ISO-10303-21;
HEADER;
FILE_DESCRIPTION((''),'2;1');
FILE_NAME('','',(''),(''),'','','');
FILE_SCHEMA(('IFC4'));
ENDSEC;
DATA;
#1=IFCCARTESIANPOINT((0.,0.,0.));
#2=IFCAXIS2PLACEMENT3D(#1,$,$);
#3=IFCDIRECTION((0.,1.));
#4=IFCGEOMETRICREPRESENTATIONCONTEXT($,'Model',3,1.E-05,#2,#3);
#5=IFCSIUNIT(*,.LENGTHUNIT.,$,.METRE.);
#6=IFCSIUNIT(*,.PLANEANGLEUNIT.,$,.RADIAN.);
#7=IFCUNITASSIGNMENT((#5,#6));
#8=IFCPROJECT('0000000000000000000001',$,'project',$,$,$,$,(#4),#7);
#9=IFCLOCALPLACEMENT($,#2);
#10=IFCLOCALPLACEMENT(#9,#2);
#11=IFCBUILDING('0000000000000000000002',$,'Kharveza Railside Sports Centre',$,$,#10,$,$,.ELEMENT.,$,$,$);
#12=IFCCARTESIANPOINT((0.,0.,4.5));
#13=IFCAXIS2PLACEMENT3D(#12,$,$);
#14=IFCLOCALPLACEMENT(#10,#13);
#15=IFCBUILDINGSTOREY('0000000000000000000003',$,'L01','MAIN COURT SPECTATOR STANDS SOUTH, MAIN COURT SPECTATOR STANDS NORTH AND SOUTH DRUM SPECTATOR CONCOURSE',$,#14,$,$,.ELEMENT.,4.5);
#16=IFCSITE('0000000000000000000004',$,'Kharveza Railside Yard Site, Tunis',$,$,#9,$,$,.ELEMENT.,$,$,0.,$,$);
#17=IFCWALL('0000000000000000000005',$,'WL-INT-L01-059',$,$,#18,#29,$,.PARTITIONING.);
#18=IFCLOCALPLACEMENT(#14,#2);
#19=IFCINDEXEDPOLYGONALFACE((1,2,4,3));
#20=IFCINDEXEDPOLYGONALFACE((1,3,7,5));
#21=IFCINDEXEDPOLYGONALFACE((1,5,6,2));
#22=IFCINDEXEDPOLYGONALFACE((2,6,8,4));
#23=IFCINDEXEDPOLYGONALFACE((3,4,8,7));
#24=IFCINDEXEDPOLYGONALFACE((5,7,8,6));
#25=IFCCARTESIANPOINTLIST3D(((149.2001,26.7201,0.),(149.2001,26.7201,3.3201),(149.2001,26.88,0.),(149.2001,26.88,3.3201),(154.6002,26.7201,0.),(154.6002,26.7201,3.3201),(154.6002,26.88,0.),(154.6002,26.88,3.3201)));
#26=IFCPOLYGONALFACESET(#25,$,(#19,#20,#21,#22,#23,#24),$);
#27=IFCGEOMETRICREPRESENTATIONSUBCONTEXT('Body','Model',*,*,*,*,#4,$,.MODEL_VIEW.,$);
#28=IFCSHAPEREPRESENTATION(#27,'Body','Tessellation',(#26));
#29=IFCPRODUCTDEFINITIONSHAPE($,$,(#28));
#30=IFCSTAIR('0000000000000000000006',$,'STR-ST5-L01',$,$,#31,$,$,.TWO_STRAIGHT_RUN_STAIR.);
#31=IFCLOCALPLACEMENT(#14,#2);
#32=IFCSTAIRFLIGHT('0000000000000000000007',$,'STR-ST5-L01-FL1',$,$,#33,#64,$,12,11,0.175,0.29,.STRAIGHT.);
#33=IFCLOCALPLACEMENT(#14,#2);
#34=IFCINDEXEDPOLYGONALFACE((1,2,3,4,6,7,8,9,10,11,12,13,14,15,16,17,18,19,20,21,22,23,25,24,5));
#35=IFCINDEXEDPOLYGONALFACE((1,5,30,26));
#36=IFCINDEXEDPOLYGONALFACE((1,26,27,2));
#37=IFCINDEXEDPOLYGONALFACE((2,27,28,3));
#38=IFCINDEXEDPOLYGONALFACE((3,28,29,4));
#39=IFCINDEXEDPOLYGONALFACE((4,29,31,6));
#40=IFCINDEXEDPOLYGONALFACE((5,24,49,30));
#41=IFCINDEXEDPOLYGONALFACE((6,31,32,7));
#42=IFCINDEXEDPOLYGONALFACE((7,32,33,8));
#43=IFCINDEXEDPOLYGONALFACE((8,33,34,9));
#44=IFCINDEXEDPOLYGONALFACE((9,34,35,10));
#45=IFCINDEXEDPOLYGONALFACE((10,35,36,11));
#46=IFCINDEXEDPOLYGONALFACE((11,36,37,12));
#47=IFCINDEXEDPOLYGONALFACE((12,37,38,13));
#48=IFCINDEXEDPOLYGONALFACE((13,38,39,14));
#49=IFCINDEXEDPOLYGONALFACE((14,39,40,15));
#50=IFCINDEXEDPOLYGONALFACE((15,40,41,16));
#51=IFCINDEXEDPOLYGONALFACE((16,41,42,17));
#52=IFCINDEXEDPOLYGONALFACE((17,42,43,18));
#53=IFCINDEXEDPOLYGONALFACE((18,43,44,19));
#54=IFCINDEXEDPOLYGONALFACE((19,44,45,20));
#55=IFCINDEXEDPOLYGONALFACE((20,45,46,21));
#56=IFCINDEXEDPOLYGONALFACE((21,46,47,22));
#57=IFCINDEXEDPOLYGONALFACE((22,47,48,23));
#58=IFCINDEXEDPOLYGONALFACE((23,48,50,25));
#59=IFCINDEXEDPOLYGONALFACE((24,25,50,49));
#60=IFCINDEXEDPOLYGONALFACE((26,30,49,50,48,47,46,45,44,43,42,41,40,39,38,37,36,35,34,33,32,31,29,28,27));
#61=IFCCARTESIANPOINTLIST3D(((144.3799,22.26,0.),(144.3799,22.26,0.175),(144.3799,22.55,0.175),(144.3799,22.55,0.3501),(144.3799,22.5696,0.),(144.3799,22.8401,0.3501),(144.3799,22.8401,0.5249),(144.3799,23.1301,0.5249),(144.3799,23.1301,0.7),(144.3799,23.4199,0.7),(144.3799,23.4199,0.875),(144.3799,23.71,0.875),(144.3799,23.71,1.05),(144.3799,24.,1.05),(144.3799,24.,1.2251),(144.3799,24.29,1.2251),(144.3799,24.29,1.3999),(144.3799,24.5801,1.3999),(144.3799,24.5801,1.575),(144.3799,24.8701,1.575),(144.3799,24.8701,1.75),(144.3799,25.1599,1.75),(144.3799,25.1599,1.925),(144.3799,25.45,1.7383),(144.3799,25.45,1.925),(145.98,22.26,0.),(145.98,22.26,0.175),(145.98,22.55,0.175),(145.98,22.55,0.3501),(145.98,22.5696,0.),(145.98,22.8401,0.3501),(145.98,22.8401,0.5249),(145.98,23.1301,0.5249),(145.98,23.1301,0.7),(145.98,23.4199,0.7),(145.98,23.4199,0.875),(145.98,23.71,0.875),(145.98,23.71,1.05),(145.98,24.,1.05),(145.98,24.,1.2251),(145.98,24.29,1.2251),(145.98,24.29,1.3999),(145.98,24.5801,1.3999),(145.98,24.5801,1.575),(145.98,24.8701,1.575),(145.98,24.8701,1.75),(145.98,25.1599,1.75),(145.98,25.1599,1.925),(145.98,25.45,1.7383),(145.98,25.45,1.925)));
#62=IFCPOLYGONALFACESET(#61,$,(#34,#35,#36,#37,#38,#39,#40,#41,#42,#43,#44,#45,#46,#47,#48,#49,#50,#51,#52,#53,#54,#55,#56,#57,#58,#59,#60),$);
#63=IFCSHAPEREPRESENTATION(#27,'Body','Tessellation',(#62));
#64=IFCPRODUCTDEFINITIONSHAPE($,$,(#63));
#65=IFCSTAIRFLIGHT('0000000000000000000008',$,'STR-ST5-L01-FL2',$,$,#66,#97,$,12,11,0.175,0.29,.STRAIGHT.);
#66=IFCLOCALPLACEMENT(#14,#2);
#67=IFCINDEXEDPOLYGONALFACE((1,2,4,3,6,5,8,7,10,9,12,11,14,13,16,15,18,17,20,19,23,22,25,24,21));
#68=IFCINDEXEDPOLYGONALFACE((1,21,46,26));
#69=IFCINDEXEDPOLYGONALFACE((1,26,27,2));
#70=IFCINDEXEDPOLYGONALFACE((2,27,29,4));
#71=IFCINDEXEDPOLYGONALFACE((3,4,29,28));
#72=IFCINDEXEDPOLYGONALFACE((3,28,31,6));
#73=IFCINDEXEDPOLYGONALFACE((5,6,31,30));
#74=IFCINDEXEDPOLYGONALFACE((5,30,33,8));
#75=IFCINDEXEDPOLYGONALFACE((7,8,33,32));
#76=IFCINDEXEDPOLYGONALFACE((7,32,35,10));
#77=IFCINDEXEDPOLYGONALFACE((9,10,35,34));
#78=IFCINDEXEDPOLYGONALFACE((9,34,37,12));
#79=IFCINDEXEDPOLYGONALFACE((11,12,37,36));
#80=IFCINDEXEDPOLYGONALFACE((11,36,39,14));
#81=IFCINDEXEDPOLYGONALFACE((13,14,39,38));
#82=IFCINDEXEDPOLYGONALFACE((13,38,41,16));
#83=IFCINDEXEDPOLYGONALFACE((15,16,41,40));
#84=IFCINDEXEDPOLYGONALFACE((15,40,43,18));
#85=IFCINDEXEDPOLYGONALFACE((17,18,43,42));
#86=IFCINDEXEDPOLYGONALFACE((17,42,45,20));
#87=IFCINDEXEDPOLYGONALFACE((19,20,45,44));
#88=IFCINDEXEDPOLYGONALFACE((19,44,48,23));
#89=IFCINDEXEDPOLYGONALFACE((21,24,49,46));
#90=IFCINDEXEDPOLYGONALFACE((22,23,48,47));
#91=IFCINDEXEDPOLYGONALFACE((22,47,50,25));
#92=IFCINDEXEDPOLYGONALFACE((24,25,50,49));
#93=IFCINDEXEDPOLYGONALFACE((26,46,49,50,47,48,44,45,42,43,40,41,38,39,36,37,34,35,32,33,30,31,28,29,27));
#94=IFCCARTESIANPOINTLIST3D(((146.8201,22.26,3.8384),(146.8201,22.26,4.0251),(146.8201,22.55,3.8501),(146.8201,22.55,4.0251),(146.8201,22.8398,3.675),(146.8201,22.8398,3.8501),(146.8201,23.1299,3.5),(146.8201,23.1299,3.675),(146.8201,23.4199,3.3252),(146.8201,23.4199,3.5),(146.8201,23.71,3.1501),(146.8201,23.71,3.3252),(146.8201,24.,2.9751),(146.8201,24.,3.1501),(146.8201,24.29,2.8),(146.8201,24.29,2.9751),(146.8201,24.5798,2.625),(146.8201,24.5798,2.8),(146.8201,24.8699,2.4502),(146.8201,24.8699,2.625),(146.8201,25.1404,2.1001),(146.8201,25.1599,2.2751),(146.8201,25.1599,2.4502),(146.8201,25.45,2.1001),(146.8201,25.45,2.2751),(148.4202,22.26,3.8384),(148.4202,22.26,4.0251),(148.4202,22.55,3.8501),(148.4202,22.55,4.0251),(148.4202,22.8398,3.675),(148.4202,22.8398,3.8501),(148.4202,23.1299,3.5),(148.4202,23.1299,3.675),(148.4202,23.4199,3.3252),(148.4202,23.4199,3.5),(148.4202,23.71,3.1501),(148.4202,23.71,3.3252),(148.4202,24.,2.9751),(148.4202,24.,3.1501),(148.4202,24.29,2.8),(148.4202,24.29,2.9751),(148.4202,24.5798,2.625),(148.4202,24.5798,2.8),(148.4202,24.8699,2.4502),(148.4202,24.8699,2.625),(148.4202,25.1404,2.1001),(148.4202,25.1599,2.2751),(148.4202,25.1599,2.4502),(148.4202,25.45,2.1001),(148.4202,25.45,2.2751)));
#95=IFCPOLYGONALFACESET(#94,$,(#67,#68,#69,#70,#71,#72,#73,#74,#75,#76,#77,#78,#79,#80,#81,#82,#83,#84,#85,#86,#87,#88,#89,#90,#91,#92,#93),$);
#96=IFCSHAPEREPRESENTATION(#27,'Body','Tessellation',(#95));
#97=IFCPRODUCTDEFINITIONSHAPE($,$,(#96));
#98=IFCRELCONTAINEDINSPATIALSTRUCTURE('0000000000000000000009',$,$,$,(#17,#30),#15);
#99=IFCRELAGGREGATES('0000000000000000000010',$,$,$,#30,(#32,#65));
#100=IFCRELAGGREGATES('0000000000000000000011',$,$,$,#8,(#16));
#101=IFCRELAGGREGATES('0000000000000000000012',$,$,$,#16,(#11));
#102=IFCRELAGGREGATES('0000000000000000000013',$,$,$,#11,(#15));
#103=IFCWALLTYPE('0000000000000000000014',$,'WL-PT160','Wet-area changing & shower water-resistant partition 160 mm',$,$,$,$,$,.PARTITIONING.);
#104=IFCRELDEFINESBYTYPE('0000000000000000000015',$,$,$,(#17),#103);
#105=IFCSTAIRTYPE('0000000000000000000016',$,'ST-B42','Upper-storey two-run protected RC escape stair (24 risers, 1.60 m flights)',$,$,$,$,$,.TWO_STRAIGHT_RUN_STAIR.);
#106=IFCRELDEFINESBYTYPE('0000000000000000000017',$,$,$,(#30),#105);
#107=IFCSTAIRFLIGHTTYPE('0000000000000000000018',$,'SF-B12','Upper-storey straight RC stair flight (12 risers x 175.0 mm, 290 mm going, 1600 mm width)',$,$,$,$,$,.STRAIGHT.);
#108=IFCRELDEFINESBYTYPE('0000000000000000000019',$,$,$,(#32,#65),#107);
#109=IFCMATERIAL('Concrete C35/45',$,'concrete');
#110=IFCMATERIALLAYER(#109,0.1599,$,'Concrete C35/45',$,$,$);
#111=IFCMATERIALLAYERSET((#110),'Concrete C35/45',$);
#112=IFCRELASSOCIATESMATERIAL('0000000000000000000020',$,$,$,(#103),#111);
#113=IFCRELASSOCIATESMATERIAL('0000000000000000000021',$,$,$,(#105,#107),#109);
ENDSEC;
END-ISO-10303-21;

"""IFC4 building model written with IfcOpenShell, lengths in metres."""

from ifc_helpers import new_model, si_unit, direction, frame, frame_2d, origin, place, context, subcontext, project, spatial, polyline, rectangle, outline, extrude, material, layer, layer_set, type_object, element, aggregate, save


model = new_model("IFC4")

# Units and contexts
model_context = context("Model", 3, precision=1e-05, world=origin(), true_north=direction((0.0, 1.0)))
body_context = subcontext(model_context, "Body", "Model", "MODEL_VIEW")
ifc_project = project(units=[si_unit("LENGTHUNIT", "METRE"), si_unit("PLANEANGLEUNIT", "RADIAN")], contexts=[model_context])

# Site, building, storey
site_placement = place(None, origin())
site = spatial("IfcSite", under=ifc_project, at=site_placement, Name="Kharveza Railside Yard Site, Tunis", CompositionType="ELEMENT", RefElevation=0.0)
building_placement = place(site_placement, origin())
building = spatial("IfcBuilding", under=site, at=building_placement, Name="Kharveza Railside Sports Centre", CompositionType="ELEMENT")
storey_placement = place(building_placement, frame((0.0, 0.0, 4.5)))
storey = spatial("IfcBuildingStorey", under=building, at=storey_placement, Name="L01", Description="MAIN COURT SPECTATOR STANDS SOUTH, MAIN COURT SPECTATOR STANDS NORTH AND SOUTH DRUM SPECTATOR CONCOURSE", CompositionType="ELEMENT", Elevation=4.5)

# Wall
ifc_material_1 = material(Name="Concrete C35/45", Category="concrete")
ifc_layer_1 = layer(ifc_material_1, 0.1599, Name="Concrete C35/45")
ifc_layer_set_1 = layer_set([ifc_layer_1], Name="Concrete C35/45")
wall_type_1 = type_object("IfcWallType", Name="WL-PT160", Description="Wet-area changing & shower water-resistant partition 160 mm", PredefinedType="PARTITIONING", material=ifc_layer_set_1)
wall_1_placement = place(storey_placement, frame((149.2, 26.8, 0.0), z_axis=(0.0, 0.0, 1.0), x_axis=(1.0, 0.0, 0.0)))
element("IfcWall", 1, at=wall_1_placement, inside=storey, type_object=wall_type_1, Name="WL-INT-L01-059", PredefinedType="PARTITIONING", context=body_context, shape_type="SweptSolid", body=[
    extrude(rectangle(XDim=5.4001, YDim=0.1599, at=frame_2d((2.7002, 0.0))), origin(), (0.0, 0.0, 1.0), 3.3201),
])

# Stair, stair flights
stair_type = type_object("IfcStairType", Name="ST-B42", Description="Upper-storey two-run protected RC escape stair (24 risers, 1.60 m flights)", PredefinedType="TWO_STRAIGHT_RUN_STAIR", material=ifc_material_1)
stair_placement = place(storey_placement, origin())
stair = element("IfcStair", 2, at=stair_placement, inside=storey, type_object=stair_type, Name="STR-ST5-L01", PredefinedType="TWO_STRAIGHT_RUN_STAIR")
stair_flight_type = type_object("IfcStairFlightType", Name="SF-B12", Description="Upper-storey straight RC stair flight (12 risers x 175.0 mm, 290 mm going, 1600 mm width)", PredefinedType="STRAIGHT", material=ifc_material_1)
stair_flight_1_placement = place(storey_placement, frame((145.1799, 22.26, 0.0), z_axis=(0.0, 0.0, 1.0), x_axis=(0.0, 1.0, 0.0)))
stair_flight_1 = element("IfcStairFlight", 3, at=stair_flight_1_placement, type_object=stair_flight_type, Name="STR-ST5-L01-FL1", NumberOfRisers=12, NumberOfTreads=11, PredefinedType="STRAIGHT", RiserHeight=0.175, TreadLength=0.29, context=body_context, shape_type="SweptSolid", body=[
    extrude(outline(polyline([(0.0, 0.0), (0.0, 0.175), (0.29, 0.175), (0.29, 0.3501), (0.5801, 0.3501), (0.5801, 0.5249), (0.8701, 0.5249), (0.8701, 0.7), (1.1599, 0.7), (1.1599, 0.875), (1.45, 0.875), (1.45, 1.05), (1.74, 1.05), (1.74, 1.2251), (2.03, 1.2251), (2.03, 1.3999), (2.3201, 1.3999), (2.3201, 1.575), (2.6101, 1.575), (2.6101, 1.75), (2.8999, 1.75), (2.8999, 1.925), (3.1899, 1.925), (3.1899, 2.1001), (3.1899, 1.7383), (0.3096, 0.0), (0.0, 0.0)])), frame((0.0, 0.8, 0.0), z_axis=(0.0, -1.0, 0.0), x_axis=(1.0, 0.0, 0.0)), (0.0, 0.0, 1.0), 1.6001),
])
stair_flight_2_placement = place(storey_placement, frame((147.6201, 25.45, 2.1001), z_axis=(0.0, 0.0, 1.0), x_axis=(0.0, -1.0, 0.0)))
stair_flight_2 = element("IfcStairFlight", 4, at=stair_flight_2_placement, type_object=stair_flight_type, Name="STR-ST5-L01-FL2", NumberOfRisers=12, NumberOfTreads=11, PredefinedType="STRAIGHT", RiserHeight=0.175, TreadLength=0.29, context=body_context, shape_type="SweptSolid", body=[
    extrude(outline(polyline([(0.0, 0.0), (0.0, 0.175), (0.29, 0.175), (0.29, 0.3501), (0.5801, 0.3501), (0.5801, 0.5249), (0.8701, 0.5249), (0.8701, 0.7), (1.1599, 0.7), (1.1599, 0.875), (1.45, 0.875), (1.45, 1.05), (1.74, 1.05), (1.74, 1.2251), (2.03, 1.2251), (2.03, 1.3999), (2.3201, 1.3999), (2.3201, 1.575), (2.6101, 1.575), (2.6101, 1.75), (2.8999, 1.75), (2.8999, 1.925), (3.1899, 1.925), (3.1899, 2.1001), (3.1899, 1.7383), (0.3096, 0.0), (0.0, 0.0)])), frame((0.0, 0.8, 0.0), z_axis=(0.0, -1.0, 0.0), x_axis=(1.0, 0.0, 0.0)), (0.0, 0.0, 1.0), 1.6001),
])
aggregate(stair, [stair_flight_1, stair_flight_2])

save(model, "model.ifc")
